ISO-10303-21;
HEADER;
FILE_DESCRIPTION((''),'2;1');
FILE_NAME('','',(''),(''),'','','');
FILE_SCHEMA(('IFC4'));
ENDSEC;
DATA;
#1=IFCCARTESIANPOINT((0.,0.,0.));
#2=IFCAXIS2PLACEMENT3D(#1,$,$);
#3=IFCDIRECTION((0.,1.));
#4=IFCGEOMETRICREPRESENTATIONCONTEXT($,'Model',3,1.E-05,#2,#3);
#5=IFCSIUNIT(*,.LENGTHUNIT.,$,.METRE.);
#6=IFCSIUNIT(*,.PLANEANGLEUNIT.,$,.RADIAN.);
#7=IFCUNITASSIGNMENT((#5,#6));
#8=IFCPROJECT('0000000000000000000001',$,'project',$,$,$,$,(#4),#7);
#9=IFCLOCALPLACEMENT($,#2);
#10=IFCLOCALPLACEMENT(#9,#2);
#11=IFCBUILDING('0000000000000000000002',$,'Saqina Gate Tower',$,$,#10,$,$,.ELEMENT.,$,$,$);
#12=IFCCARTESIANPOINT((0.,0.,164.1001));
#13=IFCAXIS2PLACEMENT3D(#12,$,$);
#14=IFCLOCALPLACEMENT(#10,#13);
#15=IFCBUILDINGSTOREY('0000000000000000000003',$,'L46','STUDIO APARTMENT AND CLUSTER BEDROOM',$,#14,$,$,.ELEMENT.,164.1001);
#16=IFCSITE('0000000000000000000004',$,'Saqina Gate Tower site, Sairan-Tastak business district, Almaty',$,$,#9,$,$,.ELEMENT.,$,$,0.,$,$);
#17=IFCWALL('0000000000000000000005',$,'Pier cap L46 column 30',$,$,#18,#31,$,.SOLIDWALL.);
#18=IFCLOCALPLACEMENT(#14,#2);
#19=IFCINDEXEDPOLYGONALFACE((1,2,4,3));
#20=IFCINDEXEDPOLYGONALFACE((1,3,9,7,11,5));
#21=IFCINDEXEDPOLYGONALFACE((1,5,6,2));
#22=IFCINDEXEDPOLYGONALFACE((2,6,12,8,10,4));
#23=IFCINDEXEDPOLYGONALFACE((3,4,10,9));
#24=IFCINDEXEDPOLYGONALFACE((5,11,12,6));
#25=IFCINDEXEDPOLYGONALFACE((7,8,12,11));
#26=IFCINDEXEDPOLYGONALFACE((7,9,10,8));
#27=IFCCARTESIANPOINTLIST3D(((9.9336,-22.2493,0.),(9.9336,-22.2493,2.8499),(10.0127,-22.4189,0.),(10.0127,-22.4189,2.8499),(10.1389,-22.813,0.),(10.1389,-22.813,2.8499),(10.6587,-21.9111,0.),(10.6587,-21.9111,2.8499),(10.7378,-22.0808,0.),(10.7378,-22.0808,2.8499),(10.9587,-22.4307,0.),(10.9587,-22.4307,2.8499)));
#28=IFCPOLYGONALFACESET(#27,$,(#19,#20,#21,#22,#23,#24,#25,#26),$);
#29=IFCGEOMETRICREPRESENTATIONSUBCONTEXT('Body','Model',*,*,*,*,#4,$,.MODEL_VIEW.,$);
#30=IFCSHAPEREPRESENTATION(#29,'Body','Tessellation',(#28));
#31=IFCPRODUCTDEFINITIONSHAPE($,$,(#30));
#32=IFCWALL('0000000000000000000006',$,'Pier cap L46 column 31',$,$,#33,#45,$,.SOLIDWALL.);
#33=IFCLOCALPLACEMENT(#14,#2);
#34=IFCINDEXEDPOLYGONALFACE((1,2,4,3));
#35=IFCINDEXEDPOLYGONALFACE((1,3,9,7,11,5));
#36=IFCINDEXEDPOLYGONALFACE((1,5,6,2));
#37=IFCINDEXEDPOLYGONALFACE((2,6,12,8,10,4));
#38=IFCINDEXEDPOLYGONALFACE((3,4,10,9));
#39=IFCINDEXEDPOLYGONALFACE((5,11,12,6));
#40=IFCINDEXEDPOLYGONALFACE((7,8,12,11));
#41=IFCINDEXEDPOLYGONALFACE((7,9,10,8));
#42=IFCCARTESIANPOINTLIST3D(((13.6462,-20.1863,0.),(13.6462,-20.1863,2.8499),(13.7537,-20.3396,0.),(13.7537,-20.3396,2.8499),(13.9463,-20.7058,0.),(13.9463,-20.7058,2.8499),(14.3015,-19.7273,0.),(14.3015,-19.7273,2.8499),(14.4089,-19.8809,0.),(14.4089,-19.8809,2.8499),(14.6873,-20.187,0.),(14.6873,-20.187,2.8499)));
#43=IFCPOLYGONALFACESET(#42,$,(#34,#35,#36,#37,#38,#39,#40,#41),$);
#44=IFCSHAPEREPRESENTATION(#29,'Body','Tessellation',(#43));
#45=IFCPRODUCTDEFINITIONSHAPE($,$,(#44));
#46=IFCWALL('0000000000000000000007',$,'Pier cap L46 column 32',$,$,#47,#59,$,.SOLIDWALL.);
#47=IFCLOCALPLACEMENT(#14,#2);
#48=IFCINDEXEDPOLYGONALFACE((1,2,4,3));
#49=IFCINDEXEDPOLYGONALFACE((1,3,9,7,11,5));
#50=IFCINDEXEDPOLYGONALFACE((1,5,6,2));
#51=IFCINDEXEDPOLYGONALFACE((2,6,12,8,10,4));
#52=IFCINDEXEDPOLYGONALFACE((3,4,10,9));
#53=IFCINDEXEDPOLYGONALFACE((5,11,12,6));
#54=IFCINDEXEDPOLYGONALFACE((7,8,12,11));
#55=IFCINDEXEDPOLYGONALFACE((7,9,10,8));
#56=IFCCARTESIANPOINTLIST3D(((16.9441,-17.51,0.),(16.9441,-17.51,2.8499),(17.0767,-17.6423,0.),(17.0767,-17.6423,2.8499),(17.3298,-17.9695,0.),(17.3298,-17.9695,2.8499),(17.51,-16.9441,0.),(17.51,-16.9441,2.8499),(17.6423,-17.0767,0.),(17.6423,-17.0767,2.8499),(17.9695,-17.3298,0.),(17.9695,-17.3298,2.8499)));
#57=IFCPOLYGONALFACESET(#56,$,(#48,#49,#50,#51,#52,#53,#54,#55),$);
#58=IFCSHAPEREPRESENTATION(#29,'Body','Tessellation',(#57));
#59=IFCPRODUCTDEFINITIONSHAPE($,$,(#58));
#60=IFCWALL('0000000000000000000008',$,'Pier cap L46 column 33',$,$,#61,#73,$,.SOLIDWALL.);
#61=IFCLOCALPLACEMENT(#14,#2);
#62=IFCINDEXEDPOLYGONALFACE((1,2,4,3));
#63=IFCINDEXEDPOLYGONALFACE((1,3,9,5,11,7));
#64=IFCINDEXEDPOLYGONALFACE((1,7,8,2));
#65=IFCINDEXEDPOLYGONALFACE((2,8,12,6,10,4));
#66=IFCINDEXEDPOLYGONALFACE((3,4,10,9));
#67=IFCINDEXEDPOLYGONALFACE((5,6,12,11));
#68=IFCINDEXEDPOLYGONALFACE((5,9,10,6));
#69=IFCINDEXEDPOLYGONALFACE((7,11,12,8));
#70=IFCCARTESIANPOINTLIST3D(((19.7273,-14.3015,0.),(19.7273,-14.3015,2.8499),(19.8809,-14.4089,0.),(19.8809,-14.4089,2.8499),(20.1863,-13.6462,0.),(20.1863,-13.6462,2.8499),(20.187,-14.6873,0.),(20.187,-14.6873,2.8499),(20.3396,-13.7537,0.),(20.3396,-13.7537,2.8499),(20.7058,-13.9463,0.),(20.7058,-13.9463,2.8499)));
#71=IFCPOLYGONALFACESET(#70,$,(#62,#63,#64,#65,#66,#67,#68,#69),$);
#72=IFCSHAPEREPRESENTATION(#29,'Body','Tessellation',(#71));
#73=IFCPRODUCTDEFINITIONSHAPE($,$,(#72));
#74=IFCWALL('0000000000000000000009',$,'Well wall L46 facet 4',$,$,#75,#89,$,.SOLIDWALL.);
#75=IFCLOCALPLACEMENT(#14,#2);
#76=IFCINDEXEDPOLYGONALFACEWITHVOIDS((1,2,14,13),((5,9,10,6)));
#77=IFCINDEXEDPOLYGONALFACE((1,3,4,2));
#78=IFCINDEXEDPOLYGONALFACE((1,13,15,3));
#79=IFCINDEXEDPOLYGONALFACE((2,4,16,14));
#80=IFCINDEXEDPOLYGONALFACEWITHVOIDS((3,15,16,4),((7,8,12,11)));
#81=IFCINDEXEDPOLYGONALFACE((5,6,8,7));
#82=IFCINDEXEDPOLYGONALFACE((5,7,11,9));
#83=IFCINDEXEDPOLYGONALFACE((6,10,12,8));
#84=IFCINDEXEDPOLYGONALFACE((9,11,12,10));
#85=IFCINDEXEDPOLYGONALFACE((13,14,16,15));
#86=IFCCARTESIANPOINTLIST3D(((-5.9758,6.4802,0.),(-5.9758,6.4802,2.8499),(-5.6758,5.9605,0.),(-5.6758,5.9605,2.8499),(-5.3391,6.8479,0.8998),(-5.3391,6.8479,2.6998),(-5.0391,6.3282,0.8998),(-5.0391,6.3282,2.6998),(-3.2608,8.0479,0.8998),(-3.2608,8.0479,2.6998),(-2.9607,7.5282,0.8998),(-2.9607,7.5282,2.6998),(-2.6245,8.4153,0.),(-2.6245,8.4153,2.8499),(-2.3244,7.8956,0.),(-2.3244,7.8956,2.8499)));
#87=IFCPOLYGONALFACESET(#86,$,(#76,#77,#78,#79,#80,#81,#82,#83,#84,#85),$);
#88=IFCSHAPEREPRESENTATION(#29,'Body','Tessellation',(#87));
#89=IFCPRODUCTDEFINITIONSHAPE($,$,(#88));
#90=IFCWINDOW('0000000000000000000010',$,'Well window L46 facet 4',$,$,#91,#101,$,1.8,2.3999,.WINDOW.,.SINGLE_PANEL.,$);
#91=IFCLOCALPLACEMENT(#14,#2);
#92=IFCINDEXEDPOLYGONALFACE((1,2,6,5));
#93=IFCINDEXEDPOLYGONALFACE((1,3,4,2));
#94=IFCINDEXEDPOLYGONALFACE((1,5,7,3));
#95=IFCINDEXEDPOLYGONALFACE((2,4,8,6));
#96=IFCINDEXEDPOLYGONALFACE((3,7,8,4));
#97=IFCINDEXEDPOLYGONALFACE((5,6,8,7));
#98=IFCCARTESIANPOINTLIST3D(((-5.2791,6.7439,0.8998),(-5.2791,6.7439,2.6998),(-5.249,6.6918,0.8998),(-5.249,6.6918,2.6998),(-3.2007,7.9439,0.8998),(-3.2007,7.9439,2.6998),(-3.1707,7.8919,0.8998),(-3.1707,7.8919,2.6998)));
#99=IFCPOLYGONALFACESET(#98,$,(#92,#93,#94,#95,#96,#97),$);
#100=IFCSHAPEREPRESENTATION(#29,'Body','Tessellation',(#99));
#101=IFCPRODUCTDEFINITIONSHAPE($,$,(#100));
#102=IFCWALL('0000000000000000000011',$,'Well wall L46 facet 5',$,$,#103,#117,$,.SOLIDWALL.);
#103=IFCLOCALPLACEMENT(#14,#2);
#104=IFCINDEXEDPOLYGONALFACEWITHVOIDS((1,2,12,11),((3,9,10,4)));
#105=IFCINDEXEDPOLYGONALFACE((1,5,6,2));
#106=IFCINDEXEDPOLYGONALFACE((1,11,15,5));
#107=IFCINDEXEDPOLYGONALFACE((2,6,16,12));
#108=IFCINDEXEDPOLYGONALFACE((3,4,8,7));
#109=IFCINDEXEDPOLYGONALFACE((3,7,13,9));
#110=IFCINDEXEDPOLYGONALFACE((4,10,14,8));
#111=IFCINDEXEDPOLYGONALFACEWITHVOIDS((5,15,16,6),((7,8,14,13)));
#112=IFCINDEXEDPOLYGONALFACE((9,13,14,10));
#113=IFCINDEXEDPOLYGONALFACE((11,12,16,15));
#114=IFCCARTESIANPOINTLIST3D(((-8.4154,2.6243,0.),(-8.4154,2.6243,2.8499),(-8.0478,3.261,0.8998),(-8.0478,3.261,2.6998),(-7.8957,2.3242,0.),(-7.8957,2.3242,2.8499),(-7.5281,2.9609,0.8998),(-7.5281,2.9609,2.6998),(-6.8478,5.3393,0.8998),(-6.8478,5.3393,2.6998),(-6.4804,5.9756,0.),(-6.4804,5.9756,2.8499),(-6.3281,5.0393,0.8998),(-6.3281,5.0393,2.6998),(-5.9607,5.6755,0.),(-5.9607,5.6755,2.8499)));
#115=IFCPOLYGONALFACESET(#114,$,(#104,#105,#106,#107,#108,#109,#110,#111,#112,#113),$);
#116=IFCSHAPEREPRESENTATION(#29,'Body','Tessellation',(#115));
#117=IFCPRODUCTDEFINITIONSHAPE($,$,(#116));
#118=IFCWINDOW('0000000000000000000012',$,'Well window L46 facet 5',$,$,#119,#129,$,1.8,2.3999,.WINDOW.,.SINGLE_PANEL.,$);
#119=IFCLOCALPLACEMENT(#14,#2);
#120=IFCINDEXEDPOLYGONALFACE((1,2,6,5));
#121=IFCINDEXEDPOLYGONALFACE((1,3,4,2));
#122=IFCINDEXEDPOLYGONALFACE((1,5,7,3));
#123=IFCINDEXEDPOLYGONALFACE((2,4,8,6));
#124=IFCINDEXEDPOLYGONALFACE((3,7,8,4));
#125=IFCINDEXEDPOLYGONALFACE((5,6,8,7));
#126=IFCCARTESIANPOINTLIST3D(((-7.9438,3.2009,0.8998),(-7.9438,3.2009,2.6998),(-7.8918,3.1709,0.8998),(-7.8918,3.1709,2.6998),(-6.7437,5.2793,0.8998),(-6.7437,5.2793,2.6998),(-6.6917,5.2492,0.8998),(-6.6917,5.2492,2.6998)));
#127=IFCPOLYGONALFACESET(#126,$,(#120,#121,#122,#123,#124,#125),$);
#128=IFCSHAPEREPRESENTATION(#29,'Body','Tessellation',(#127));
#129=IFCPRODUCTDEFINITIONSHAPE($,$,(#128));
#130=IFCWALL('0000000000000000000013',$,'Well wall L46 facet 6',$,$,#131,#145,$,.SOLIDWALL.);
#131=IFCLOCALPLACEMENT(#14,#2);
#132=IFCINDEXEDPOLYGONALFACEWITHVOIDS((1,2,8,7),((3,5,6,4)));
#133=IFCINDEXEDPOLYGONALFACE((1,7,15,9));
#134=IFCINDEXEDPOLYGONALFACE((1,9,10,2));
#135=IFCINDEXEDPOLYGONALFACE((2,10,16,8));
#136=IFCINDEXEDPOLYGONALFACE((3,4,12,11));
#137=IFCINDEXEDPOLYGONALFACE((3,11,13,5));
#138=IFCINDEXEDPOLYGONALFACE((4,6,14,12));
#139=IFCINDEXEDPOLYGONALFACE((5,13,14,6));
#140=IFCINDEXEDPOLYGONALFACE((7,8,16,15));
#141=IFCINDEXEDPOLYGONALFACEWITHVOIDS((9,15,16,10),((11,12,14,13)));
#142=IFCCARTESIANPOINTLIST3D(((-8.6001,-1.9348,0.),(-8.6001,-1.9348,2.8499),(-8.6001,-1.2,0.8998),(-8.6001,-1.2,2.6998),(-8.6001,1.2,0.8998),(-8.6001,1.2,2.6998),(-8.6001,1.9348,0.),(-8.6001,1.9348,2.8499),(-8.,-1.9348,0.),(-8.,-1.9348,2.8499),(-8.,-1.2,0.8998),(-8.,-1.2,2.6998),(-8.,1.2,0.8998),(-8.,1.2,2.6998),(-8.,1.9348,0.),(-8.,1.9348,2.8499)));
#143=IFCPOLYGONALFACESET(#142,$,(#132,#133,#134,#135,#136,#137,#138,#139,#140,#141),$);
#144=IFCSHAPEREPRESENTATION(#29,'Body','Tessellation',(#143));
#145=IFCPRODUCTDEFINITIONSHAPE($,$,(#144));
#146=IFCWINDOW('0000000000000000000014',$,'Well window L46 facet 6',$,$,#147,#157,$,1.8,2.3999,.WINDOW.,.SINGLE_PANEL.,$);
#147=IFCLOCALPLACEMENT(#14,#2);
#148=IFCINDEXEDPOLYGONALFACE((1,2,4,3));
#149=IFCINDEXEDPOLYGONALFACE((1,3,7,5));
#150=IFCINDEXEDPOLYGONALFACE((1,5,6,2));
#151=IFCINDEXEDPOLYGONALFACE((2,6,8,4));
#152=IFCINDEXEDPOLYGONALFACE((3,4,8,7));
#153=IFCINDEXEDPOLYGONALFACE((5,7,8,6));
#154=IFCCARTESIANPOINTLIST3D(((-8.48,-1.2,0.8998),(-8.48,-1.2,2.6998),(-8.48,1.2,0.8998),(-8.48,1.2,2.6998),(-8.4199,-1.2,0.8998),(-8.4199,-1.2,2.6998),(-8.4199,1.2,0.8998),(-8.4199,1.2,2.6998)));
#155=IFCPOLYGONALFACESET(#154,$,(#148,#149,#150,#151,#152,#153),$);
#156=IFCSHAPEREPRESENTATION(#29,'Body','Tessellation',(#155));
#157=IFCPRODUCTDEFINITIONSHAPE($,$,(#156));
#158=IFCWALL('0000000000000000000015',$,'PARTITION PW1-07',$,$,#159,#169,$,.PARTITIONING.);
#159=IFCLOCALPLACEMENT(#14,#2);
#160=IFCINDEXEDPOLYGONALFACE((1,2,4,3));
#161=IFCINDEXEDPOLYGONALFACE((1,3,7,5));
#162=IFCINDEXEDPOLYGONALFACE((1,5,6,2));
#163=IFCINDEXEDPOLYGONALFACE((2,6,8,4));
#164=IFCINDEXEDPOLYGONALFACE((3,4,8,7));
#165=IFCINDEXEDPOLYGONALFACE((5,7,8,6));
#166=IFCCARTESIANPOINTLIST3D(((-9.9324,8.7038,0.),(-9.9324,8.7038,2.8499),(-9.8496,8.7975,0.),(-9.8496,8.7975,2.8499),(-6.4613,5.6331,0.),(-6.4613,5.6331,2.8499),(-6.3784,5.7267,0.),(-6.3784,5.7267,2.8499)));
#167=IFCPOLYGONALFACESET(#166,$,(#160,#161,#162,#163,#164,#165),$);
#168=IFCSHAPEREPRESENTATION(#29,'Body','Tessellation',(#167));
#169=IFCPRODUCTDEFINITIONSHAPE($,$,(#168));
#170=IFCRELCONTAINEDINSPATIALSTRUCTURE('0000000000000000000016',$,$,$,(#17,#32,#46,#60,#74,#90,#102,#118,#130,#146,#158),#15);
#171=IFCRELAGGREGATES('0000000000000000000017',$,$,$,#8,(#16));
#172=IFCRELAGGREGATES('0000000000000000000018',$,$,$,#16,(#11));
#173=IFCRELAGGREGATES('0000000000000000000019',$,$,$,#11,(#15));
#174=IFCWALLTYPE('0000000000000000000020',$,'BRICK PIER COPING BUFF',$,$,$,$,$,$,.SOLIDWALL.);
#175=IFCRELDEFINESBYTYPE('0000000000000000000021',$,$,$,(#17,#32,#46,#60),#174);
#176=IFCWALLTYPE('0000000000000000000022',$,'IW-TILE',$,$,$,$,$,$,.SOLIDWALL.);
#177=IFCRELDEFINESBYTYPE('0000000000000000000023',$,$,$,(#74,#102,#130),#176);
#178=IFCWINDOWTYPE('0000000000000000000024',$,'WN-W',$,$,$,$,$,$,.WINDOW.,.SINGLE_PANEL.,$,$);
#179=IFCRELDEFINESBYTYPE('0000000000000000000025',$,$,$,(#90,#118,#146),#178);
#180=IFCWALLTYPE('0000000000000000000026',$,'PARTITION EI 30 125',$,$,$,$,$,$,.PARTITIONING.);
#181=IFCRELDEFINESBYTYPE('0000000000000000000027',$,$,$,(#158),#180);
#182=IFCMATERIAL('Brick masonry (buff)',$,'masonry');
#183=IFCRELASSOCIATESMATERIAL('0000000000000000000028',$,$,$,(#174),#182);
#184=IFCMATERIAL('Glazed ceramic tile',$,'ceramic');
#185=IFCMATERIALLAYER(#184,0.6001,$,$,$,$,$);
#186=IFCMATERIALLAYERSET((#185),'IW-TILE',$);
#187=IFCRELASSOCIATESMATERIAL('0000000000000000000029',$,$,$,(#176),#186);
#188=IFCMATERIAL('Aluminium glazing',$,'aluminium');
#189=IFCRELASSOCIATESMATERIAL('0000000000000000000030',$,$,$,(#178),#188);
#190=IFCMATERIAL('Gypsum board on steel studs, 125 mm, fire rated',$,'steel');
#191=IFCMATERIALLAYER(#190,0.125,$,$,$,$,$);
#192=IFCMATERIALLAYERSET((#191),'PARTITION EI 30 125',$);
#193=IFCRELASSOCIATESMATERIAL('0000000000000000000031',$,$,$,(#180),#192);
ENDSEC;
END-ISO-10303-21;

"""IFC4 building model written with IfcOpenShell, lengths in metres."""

from ifc_helpers import new_model, si_unit, direction, frame, frame_2d, origin, place, context, subcontext, project, spatial, polyline, rectangle, outline, extrude, material, layer, layer_set, type_object, element, fill, save


model = new_model("IFC4")

# Units and contexts
model_context = context("Model", 3, precision=1e-05, world=origin(), true_north=direction((0.0, 1.0)))
body_context = subcontext(model_context, "Body", "Model", "MODEL_VIEW")
ifc_project = project(units=[si_unit("LENGTHUNIT", "METRE"), si_unit("PLANEANGLEUNIT", "RADIAN")], contexts=[model_context])

# Site, building, storey
site_placement = place(None, origin())
site = spatial("IfcSite", under=ifc_project, at=site_placement, Name="Saqina Gate Tower site, Sairan-Tastak business district, Almaty", CompositionType="ELEMENT", RefElevation=0.0)
building_placement = place(site_placement, origin())
building = spatial("IfcBuilding", under=site, at=building_placement, Name="Saqina Gate Tower", CompositionType="ELEMENT")
storey_placement = place(building_placement, frame((0.0, 0.0, 164.1001)))
storey = spatial("IfcBuildingStorey", under=building, at=storey_placement, Name="L46", Description="STUDIO APARTMENT AND CLUSTER BEDROOM", CompositionType="ELEMENT", Elevation=164.1001)

# Walls
ifc_material_1 = material(Name="Brick masonry (buff)", Category="masonry")
wall_type_1 = type_object("IfcWallType", Name="BRICK PIER COPING BUFF", PredefinedType="SOLIDWALL", material=ifc_material_1)
wall_1_placement = place(storey_placement, origin())
element("IfcWall", 1, at=wall_1_placement, inside=storey, type_object=wall_type_1, Name="Pier cap L46 column 30", PredefinedType="SOLIDWALL", context=body_context, shape_type="SweptSolid", body=[
    extrude(outline(polyline([(10.9587, -22.4307), (10.6587, -21.9111), (10.7378, -22.0808), (10.0127, -22.4189), (9.9336, -22.2493), (10.1389, -22.813), (10.9587, -22.4307)])), origin(), (0.0, 0.0, 1.0), 2.8499),
])
wall_2_placement = place(storey_placement, origin())
element("IfcWall", 2, at=wall_2_placement, inside=storey, type_object=wall_type_1, Name="Pier cap L46 column 31", PredefinedType="SOLIDWALL", context=body_context, shape_type="SweptSolid", body=[
    extrude(outline(polyline([(13.9463, -20.7058), (14.6873, -20.187), (14.3015, -19.7273), (14.4089, -19.8809), (13.7537, -20.3396), (13.6462, -20.1863), (13.9463, -20.7058)])), origin(), (0.0, 0.0, 1.0), 2.8499),
])
wall_3_placement = place(storey_placement, origin())
element("IfcWall", 3, at=wall_3_placement, inside=storey, type_object=wall_type_1, Name="Pier cap L46 column 32", PredefinedType="SOLIDWALL", context=body_context, shape_type="SweptSolid", body=[
    extrude(outline(polyline([(17.9695, -17.3298), (17.51, -16.9441), (17.6423, -17.0767), (17.0767, -17.6423), (16.9441, -17.51), (17.3298, -17.9695), (17.9695, -17.3298)])), origin(), (0.0, 0.0, 1.0), 2.8499),
])
wall_4_placement = place(storey_placement, origin())
element("IfcWall", 4, at=wall_4_placement, inside=storey, type_object=wall_type_1, Name="Pier cap L46 column 33", PredefinedType="SOLIDWALL", context=body_context, shape_type="SweptSolid", body=[
    extrude(outline(polyline([(20.187, -14.6873), (20.7058, -13.9463), (20.1863, -13.6462), (20.3396, -13.7537), (19.8809, -14.4089), (19.7273, -14.3015), (20.187, -14.6873)])), origin(), (0.0, 0.0, 1.0), 2.8499),
])

# Walls, openings, windows
ifc_material_2 = material(Name="Glazed ceramic tile", Category="ceramic")
ifc_layer_1 = layer(ifc_material_2, 0.6001)
ifc_layer_set_1 = layer_set([ifc_layer_1], Name="IW-TILE")
wall_type_2 = type_object("IfcWallType", Name="IW-TILE", PredefinedType="SOLIDWALL", material=ifc_layer_set_1)
wall_5_placement = place(storey_placement, frame((-2.4744, 8.1555, 0.0), z_axis=(0.0, 0.0, 1.0), x_axis=(-0.866006, -0.500034, 0.0)))
wall_5 = element("IfcWall", 5, at=wall_5_placement, inside=storey, type_object=wall_type_2, Name="Well wall L46 facet 4", PredefinedType="SOLIDWALL", context=body_context, shape_type="SweptSolid", body=[
    extrude(rectangle(XDim=3.8699, YDim=0.6001, at=frame_2d((1.9351, 0.0))), origin(), (0.0, 0.0, 1.0), 2.8499),
])
opening_1_placement = place(wall_5_placement, frame((0.7349, 0.0, 0.8999)))
opening_1 = element("IfcOpeningElement", 6, at=opening_1_placement, cuts=wall_5, PredefinedType="OPENING", context=body_context, shape_type="SweptSolid", body=[
    extrude(rectangle(XDim=2.3999, YDim=1.8, at=frame_2d((1.2, 0.8999))), frame((0.0, 0.312, 0.0), z_axis=(0.0, -1.0, 0.0), x_axis=(1.0, 0.0, 0.0)), (0.0, 0.0, 1.0), 0.624),
])
ifc_material_3 = material(Name="Aluminium glazing", Category="aluminium")
window_type = type_object("IfcWindowType", Name="WN-W", PartitioningType="SINGLE_PANEL", PredefinedType="WINDOW", material=ifc_material_3)
window_1_placement = place(opening_1_placement, origin())
window_1 = element("IfcWindow", 7, at=window_1_placement, inside=storey, type_object=window_type, Name="Well window L46 facet 4", OverallHeight=1.8, OverallWidth=2.3999, PartitioningType="SINGLE_PANEL", PredefinedType="WINDOW", context=body_context, shape_type="SweptSolid", body=[
    extrude(rectangle(XDim=2.3999, YDim=1.8, at=frame_2d((1.2, 0.8999))), frame((0.0, -0.1199, 0.0), z_axis=(0.0, -1.0, 0.0), x_axis=(1.0, 0.0, 0.0)), (0.0, 0.0, 1.0), 0.0601),
])
fill(opening_1, window_1)
wall_6_placement = place(storey_placement, frame((-6.2205, 5.8257, 0.0), z_axis=(0.0, 0.0, 1.0), x_axis=(-0.500034, -0.866006, 0.0)))
wall_6 = element("IfcWall", 8, at=wall_6_placement, inside=storey, type_object=wall_type_2, Name="Well wall L46 facet 5", PredefinedType="SOLIDWALL", context=body_context, shape_type="SweptSolid", body=[
    extrude(rectangle(XDim=3.8699, YDim=0.6001, at=frame_2d((1.9351, 0.0))), origin(), (0.0, 0.0, 1.0), 2.8499),
])
opening_2_placement = place(wall_6_placement, frame((0.7349, 0.0, 0.8999)))
opening_2 = element("IfcOpeningElement", 9, at=opening_2_placement, cuts=wall_6, PredefinedType="OPENING", context=body_context, shape_type="SweptSolid", body=[
    extrude(rectangle(XDim=2.3999, YDim=1.8, at=frame_2d((1.2, 0.8999))), frame((0.0, 0.312, 0.0), z_axis=(0.0, -1.0, 0.0), x_axis=(1.0, 0.0, 0.0)), (0.0, 0.0, 1.0), 0.624),
])
window_2_placement = place(opening_2_placement, origin())
window_2 = element("IfcWindow", 10, at=window_2_placement, inside=storey, type_object=window_type, Name="Well window L46 facet 5", OverallHeight=1.8, OverallWidth=2.3999, PartitioningType="SINGLE_PANEL", PredefinedType="WINDOW", context=body_context, shape_type="SweptSolid", body=[
    extrude(rectangle(XDim=2.3999, YDim=1.8, at=frame_2d((1.2, 0.8999))), frame((0.0, -0.1199, 0.0), z_axis=(0.0, -1.0, 0.0), x_axis=(1.0, 0.0, 0.0)), (0.0, 0.0, 1.0), 0.0601),
])
fill(opening_2, window_2)
wall_7_placement = place(storey_placement, frame((-8.3, 1.9348, 0.0), z_axis=(0.0, 0.0, 1.0), x_axis=(0.0, -1.0, 0.0)))
wall_7 = element("IfcWall", 11, at=wall_7_placement, inside=storey, type_object=wall_type_2, Name="Well wall L46 facet 6", PredefinedType="SOLIDWALL", context=body_context, shape_type="SweptSolid", body=[
    extrude(rectangle(XDim=3.8696, YDim=0.6001, at=frame_2d((1.9348, 0.0))), origin(), (0.0, 0.0, 1.0), 2.8499),
])
opening_3_placement = place(wall_7_placement, frame((0.7349, 0.0, 0.8999)))
opening_3 = element("IfcOpeningElement", 12, at=opening_3_placement, cuts=wall_7, PredefinedType="OPENING", context=body_context, shape_type="SweptSolid", body=[
    extrude(rectangle(XDim=2.3999, YDim=1.8, at=frame_2d((1.2, 0.8999))), frame((0.0, 0.312, 0.0), z_axis=(0.0, -1.0, 0.0), x_axis=(1.0, 0.0, 0.0)), (0.0, 0.0, 1.0), 0.624),
])
window_3_placement = place(opening_3_placement, origin())
window_3 = element("IfcWindow", 13, at=window_3_placement, inside=storey, type_object=window_type, Name="Well window L46 facet 6", OverallHeight=1.8, OverallWidth=2.3999, PartitioningType="SINGLE_PANEL", PredefinedType="WINDOW", context=body_context, shape_type="SweptSolid", body=[
    extrude(rectangle(XDim=2.3999, YDim=1.8, at=frame_2d((1.2, 0.8999))), frame((0.0, -0.1199, 0.0), z_axis=(0.0, -1.0, 0.0), x_axis=(1.0, 0.0, 0.0)), (0.0, 0.0, 1.0), 0.0601),
])
fill(opening_3, window_3)

# Wall
ifc_material_4 = material(Name="Gypsum board on steel studs, 125 mm, fire rated", Category="steel")
ifc_layer_2 = layer(ifc_material_4, 0.125)
ifc_layer_set_2 = layer_set([ifc_layer_2], Name="PARTITION EI 30 125")
wall_type_3 = type_object("IfcWallType", Name="PARTITION EI 30 125", PredefinedType="PARTITIONING", material=ifc_layer_set_2)
wall_8_placement = place(storey_placement, frame((-9.8911, 8.7507, 0.0), z_axis=(0.0, 0.0, 1.0), x_axis=(0.748982, -0.66259, 0.0)))
element("IfcWall", 14, at=wall_8_placement, inside=storey, type_object=wall_type_3, Name="PARTITION PW1-07", PredefinedType="PARTITIONING", context=body_context, shape_type="SweptSolid", body=[
    extrude(rectangle(XDim=4.6345, YDim=0.125, at=frame_2d((2.3174, 0.0))), origin(), (0.0, 0.0, 1.0), 2.8499),
])

save(model, "model.ifc")
